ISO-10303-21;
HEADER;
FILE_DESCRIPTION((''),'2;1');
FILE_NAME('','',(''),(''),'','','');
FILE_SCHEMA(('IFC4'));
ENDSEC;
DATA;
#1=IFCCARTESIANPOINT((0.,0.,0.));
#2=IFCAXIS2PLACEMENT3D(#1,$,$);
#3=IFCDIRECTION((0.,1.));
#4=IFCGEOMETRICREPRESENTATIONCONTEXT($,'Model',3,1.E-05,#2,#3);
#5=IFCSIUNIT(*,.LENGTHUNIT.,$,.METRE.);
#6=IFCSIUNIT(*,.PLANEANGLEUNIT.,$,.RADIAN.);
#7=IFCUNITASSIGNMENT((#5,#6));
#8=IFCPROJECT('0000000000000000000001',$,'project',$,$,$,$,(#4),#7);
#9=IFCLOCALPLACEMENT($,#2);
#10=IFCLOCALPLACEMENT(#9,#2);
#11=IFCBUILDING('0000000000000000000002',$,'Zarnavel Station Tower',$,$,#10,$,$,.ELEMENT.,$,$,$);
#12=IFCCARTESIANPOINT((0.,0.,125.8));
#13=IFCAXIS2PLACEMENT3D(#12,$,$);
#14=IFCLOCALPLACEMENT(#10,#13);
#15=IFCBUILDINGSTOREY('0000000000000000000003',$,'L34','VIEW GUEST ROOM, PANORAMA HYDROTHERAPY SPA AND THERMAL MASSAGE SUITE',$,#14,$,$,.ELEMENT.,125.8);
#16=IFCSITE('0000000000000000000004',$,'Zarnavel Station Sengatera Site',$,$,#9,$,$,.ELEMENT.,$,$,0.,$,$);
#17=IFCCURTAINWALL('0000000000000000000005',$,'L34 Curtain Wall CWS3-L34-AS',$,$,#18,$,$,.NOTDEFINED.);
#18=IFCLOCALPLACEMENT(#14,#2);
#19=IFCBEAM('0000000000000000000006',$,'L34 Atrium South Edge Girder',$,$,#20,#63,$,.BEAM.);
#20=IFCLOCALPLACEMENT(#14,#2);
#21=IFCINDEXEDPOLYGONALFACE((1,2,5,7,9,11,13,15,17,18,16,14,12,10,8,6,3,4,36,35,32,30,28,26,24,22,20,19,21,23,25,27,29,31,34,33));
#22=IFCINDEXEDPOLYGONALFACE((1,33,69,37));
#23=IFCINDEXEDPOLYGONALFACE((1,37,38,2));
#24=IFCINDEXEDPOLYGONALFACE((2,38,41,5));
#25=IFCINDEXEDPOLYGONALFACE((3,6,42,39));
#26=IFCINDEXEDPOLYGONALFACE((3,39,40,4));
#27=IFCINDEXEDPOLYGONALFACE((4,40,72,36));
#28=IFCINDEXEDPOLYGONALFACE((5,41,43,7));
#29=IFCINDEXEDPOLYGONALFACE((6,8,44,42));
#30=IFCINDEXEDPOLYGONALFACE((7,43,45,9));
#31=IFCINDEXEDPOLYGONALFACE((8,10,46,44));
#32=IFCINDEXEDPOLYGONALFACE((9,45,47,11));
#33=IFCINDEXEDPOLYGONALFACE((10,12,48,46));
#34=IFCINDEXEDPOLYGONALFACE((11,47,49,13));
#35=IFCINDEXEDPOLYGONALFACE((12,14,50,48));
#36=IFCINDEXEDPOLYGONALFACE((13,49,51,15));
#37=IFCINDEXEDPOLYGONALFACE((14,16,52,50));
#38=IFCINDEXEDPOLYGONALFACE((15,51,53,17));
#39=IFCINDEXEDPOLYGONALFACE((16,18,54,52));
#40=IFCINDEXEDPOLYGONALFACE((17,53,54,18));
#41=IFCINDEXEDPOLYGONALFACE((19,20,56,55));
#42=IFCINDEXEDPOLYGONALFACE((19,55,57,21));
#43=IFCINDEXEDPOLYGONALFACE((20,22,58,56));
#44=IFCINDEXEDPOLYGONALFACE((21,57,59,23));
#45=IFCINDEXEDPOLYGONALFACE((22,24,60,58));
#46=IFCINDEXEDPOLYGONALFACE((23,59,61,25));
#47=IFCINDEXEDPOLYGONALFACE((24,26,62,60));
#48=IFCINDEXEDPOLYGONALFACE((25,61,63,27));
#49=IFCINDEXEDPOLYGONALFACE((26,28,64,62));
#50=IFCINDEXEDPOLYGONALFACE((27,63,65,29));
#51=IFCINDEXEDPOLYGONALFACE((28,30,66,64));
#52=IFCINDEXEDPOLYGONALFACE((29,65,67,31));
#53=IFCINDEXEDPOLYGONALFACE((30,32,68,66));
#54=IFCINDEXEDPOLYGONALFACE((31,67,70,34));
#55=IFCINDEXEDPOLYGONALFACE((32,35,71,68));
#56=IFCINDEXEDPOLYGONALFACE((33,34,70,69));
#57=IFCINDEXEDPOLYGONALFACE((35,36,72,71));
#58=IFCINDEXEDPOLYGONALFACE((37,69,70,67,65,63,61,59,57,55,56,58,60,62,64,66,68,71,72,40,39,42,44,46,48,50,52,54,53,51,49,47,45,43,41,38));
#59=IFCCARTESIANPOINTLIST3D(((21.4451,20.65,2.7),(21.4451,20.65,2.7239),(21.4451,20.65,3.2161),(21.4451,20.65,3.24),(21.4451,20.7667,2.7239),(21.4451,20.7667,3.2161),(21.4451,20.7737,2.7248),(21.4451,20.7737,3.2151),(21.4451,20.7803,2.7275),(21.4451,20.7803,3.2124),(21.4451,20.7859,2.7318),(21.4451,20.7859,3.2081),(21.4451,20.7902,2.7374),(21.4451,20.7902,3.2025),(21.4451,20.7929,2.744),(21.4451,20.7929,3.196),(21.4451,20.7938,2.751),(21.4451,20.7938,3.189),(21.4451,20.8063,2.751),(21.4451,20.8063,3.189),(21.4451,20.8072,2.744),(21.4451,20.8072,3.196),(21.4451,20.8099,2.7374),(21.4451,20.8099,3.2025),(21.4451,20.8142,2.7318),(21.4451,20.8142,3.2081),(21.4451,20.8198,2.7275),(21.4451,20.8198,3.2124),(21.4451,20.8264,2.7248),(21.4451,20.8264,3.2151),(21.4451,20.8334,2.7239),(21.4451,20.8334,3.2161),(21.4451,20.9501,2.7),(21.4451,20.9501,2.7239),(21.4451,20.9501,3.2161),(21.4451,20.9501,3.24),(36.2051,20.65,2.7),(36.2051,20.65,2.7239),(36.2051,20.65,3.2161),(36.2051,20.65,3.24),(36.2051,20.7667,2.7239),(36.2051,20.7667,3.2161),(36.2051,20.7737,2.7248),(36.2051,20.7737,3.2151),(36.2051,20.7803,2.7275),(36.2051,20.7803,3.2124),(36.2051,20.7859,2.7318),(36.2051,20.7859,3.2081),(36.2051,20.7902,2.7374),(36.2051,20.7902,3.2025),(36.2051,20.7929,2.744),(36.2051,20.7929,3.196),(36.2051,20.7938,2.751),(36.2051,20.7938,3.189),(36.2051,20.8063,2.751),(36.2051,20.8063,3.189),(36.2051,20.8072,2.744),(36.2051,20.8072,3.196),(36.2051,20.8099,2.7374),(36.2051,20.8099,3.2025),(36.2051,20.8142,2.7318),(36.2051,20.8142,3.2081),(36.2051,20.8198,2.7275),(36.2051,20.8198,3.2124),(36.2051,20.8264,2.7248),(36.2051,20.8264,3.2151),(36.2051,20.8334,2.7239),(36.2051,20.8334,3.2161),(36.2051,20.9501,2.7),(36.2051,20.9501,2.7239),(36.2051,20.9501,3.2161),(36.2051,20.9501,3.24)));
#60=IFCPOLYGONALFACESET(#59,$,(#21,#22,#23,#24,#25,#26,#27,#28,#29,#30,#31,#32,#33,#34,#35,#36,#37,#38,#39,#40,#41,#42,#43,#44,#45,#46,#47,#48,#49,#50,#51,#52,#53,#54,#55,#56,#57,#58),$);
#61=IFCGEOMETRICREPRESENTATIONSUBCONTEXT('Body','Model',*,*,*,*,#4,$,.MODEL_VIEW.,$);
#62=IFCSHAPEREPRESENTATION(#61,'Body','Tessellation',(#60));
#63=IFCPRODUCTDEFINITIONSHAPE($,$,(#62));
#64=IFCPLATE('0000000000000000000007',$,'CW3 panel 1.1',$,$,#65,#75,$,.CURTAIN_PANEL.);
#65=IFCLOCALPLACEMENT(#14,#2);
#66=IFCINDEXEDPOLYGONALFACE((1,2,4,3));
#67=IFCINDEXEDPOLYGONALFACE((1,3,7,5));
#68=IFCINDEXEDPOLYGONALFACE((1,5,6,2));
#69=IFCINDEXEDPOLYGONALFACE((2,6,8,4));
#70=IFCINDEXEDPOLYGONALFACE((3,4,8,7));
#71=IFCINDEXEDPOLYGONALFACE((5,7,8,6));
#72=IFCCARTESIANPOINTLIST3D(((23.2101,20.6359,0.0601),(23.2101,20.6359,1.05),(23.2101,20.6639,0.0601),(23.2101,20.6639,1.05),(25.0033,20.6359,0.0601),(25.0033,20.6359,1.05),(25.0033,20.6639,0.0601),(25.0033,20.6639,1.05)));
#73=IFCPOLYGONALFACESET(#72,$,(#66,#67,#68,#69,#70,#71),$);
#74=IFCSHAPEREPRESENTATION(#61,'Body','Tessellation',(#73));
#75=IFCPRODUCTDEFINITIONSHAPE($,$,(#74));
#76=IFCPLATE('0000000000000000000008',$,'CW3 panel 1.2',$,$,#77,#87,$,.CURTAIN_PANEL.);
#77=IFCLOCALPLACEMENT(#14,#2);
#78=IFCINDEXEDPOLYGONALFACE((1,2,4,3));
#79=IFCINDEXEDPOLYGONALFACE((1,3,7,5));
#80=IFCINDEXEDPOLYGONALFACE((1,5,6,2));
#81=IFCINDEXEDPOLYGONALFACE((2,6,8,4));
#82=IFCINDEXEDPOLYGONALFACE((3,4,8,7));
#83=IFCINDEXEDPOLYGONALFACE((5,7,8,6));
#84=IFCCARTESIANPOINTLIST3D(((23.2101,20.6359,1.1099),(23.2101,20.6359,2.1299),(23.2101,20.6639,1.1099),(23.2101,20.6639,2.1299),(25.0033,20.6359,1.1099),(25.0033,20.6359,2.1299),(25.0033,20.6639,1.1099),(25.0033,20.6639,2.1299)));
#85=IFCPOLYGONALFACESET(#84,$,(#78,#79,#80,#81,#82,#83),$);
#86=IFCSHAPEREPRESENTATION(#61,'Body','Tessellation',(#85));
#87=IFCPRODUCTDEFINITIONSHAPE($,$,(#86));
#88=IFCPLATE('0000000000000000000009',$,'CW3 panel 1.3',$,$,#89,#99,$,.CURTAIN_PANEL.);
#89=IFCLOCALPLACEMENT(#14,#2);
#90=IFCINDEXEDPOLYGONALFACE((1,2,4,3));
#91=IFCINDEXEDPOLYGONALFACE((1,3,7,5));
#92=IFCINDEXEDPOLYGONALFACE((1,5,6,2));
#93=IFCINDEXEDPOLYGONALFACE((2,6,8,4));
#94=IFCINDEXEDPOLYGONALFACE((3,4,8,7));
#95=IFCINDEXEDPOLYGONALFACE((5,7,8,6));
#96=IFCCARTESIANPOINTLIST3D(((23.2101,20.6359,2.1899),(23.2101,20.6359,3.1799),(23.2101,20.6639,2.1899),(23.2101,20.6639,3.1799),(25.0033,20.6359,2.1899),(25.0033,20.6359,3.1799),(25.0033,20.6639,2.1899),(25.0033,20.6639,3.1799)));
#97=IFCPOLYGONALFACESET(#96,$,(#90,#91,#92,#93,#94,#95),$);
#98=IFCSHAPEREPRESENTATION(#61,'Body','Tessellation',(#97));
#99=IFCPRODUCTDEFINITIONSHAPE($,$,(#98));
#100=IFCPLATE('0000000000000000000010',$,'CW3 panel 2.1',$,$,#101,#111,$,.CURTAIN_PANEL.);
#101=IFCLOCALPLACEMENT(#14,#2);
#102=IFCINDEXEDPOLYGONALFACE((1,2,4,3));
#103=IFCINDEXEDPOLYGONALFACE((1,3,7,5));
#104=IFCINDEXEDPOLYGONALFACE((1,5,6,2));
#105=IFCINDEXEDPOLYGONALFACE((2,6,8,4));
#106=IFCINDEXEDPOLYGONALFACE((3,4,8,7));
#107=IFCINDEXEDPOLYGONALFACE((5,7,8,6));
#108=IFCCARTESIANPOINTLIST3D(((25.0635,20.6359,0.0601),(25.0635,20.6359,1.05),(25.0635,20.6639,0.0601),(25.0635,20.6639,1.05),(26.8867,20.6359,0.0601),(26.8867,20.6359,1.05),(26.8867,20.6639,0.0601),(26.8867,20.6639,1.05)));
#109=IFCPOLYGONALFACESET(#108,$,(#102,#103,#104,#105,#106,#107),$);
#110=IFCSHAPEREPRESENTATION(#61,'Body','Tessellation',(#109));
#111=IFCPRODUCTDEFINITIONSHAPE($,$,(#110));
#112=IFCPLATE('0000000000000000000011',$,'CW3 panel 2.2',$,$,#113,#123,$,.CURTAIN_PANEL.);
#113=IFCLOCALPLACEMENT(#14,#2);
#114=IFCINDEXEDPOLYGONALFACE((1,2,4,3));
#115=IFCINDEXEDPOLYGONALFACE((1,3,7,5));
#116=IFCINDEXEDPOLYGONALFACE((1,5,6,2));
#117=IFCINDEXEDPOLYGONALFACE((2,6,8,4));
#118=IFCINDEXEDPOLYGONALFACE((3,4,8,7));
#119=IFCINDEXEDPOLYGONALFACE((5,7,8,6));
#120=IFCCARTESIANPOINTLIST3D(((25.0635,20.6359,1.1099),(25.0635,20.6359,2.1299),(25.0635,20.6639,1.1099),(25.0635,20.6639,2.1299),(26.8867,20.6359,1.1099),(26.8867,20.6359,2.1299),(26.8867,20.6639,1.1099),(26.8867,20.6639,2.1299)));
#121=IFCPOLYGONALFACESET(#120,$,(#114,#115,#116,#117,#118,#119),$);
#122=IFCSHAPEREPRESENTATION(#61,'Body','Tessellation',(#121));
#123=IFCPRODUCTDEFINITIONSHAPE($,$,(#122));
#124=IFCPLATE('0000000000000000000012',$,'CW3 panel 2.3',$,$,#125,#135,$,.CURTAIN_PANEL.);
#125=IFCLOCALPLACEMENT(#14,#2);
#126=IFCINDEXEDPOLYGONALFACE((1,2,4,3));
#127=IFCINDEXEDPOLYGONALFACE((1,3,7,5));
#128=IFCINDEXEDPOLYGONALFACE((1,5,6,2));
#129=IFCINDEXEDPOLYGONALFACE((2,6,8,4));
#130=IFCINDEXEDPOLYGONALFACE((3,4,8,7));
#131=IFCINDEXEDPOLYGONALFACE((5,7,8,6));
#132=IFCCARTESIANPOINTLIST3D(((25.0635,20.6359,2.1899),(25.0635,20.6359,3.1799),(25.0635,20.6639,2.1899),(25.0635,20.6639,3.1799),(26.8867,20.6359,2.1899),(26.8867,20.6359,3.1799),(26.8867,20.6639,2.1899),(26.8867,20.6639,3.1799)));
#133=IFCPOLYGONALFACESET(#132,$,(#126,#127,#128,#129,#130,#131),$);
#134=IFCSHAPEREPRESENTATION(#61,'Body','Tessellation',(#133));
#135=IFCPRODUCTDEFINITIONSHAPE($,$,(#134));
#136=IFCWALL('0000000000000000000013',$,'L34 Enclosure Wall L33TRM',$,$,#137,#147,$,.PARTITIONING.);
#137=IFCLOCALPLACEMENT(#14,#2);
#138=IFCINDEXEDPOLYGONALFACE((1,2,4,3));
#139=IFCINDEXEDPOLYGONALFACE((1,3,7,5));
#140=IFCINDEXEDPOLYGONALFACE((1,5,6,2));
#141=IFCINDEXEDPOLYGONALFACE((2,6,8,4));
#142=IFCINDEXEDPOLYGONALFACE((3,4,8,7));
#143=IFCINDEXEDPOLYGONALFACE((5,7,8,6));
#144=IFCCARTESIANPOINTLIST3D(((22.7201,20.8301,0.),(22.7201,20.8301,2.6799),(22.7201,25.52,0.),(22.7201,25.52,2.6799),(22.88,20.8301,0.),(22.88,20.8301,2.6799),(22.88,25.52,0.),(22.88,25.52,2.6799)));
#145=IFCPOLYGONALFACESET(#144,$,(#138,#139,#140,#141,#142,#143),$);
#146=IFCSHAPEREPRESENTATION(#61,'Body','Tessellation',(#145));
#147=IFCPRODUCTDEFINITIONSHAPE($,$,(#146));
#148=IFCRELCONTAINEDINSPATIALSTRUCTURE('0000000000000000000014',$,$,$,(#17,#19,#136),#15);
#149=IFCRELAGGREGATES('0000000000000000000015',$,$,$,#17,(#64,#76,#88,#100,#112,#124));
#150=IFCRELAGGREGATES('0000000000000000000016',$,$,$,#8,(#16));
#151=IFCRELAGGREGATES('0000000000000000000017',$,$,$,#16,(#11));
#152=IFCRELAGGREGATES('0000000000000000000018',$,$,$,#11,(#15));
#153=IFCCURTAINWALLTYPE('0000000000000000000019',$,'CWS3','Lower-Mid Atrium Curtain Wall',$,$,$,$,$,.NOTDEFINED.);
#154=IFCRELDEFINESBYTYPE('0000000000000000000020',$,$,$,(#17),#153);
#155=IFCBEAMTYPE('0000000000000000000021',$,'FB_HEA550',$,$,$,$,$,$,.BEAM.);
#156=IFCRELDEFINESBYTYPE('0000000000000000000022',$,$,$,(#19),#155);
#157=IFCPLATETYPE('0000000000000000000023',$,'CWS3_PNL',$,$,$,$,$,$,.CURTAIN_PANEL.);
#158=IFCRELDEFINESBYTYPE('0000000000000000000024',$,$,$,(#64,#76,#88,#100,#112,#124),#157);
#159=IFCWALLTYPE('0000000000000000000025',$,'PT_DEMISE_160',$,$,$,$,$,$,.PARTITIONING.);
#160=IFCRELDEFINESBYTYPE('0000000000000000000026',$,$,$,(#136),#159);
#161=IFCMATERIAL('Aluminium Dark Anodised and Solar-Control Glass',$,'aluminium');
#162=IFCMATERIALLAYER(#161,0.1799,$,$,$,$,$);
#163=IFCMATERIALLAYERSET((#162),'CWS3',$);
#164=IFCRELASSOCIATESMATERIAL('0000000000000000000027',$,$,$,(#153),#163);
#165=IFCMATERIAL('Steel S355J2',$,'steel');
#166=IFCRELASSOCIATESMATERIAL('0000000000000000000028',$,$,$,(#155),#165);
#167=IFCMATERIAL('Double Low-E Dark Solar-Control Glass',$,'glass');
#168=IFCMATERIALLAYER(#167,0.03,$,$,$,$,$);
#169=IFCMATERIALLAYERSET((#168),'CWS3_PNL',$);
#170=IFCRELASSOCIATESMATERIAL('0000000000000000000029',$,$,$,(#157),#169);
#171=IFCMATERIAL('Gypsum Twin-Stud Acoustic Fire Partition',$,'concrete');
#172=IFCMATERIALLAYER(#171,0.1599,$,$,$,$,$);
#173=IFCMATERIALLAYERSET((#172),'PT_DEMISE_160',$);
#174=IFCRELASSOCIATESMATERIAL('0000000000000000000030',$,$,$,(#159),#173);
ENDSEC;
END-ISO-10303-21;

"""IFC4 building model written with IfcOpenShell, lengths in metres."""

from ifc_helpers import new_model, si_unit, direction, frame, frame_2d, origin, origin_2d, place, context, subcontext, project, spatial, rectangle, i_section, extrude, material, layer, layer_set, material_profile, profile_set, type_object, element, aggregate, save


model = new_model("IFC4")

# Units and contexts
model_context = context("Model", 3, precision=1e-05, world=origin(), true_north=direction((0.0, 1.0)))
body_context = subcontext(model_context, "Body", "Model", "MODEL_VIEW")
ifc_project = project(units=[si_unit("LENGTHUNIT", "METRE"), si_unit("PLANEANGLEUNIT", "RADIAN")], contexts=[model_context])

# Site, building, storey
site_placement = place(None, origin())
site = spatial("IfcSite", under=ifc_project, at=site_placement, Name="Zarnavel Station Sengatera Site", CompositionType="ELEMENT", RefElevation=0.0)
building_placement = place(site_placement, origin())
building = spatial("IfcBuilding", under=site, at=building_placement, Name="Zarnavel Station Tower", CompositionType="ELEMENT")
storey_placement = place(building_placement, frame((0.0, 0.0, 125.8)))
storey = spatial("IfcBuildingStorey", under=building, at=storey_placement, Name="L34", Description="VIEW GUEST ROOM, PANORAMA HYDROTHERAPY SPA AND THERMAL MASSAGE SUITE", CompositionType="ELEMENT", Elevation=125.8)

# Curtain wall
ifc_material_1 = material(Name="Aluminium Dark Anodised and Solar-Control Glass", Category="aluminium")
ifc_layer_1 = layer(ifc_material_1, 0.1799)
ifc_layer_set_1 = layer_set([ifc_layer_1], Name="CWS3")
curtain_wall_type = type_object("IfcCurtainWallType", Name="CWS3", Description="Lower-Mid Atrium Curtain Wall", PredefinedType="NOTDEFINED", material=ifc_layer_set_1)
curtain_wall_placement = place(storey_placement, origin())
curtain_wall = element("IfcCurtainWall", 1, at=curtain_wall_placement, inside=storey, type_object=curtain_wall_type, Name="L34 Curtain Wall CWS3-L34-AS", PredefinedType="NOTDEFINED")

# Beam
ifc_material_2 = material(Name="Steel S355J2", Category="steel")
ifc_material_profile_1 = material_profile(ifc_material_2, i_section(OverallWidth=0.3, OverallDepth=0.54, WebThickness=0.0125, FlangeThickness=0.0239, FilletRadius=0.0271, at=origin_2d()), Name="HEA550")
ifc_profile_set_1 = profile_set([ifc_material_profile_1], Name="Steel S355J2")
beam_type = type_object("IfcBeamType", Name="FB_HEA550", PredefinedType="BEAM", material=ifc_profile_set_1)
beam_placement = place(storey_placement, frame((21.4451, 20.8, 2.97), z_axis=(1.0, 0.0, 0.0), x_axis=(0.0, 1.0, 0.0)))
element("IfcBeam", 2, at=beam_placement, inside=storey, type_object=beam_type, Name="L34 Atrium South Edge Girder", PredefinedType="BEAM", context=body_context, shape_type="SweptSolid", body=[
    extrude(i_section(OverallWidth=0.3, OverallDepth=0.54, WebThickness=0.0125, FlangeThickness=0.0239, FilletRadius=0.0271, at=origin_2d()), origin(), (0.0, 0.0, 1.0), 14.76),
])

# Plates
ifc_material_3 = material(Name="Double Low-E Dark Solar-Control Glass", Category="glass")
ifc_layer_2 = layer(ifc_material_3, 0.03)
ifc_layer_set_2 = layer_set([ifc_layer_2], Name="CWS3_PNL")
plate_type = type_object("IfcPlateType", Name="CWS3_PNL", PredefinedType="CURTAIN_PANEL", material=ifc_layer_set_2)
plate_1_placement = place(storey_placement, frame((24.1067, 20.6499, 0.0601), z_axis=(0.0, 0.0, 1.0), x_axis=(1.0, 0.0, 0.0)))
plate_1 = element("IfcPlate", 3, at=plate_1_placement, type_object=plate_type, Name="CW3 panel 1.1", PredefinedType="CURTAIN_PANEL", context=body_context, shape_type="SweptSolid", body=[
    extrude(rectangle(XDim=1.7932, YDim=0.0281, at=origin_2d()), origin(), (0.0, 0.0, 1.0), 0.99),
])
plate_2_placement = place(storey_placement, frame((24.1067, 20.6499, 1.1099), z_axis=(0.0, 0.0, 1.0), x_axis=(1.0, 0.0, 0.0)))
plate_2 = element("IfcPlate", 4, at=plate_2_placement, type_object=plate_type, Name="CW3 panel 1.2", PredefinedType="CURTAIN_PANEL", context=body_context, shape_type="SweptSolid", body=[
    extrude(rectangle(XDim=1.7932, YDim=0.0281, at=origin_2d()), origin(), (0.0, 0.0, 1.0), 1.02),
])
plate_3_placement = place(storey_placement, frame((24.1067, 20.6499, 2.1899), z_axis=(0.0, 0.0, 1.0), x_axis=(1.0, 0.0, 0.0)))
plate_3 = element("IfcPlate", 5, at=plate_3_placement, type_object=plate_type, Name="CW3 panel 1.3", PredefinedType="CURTAIN_PANEL", context=body_context, shape_type="SweptSolid", body=[
    extrude(rectangle(XDim=1.7932, YDim=0.0281, at=origin_2d()), origin(), (0.0, 0.0, 1.0), 0.99),
])
plate_4_placement = place(storey_placement, frame((25.9751, 20.6499, 0.0601), z_axis=(0.0, 0.0, 1.0), x_axis=(1.0, 0.0, 0.0)))
plate_4 = element("IfcPlate", 6, at=plate_4_placement, type_object=plate_type, Name="CW3 panel 2.1", PredefinedType="CURTAIN_PANEL", context=body_context, shape_type="SweptSolid", body=[
    extrude(rectangle(XDim=1.8232, YDim=0.0281, at=origin_2d()), origin(), (0.0, 0.0, 1.0), 0.99),
])
plate_5_placement = place(storey_placement, frame((25.9751, 20.6499, 1.1099), z_axis=(0.0, 0.0, 1.0), x_axis=(1.0, 0.0, 0.0)))
plate_5 = element("IfcPlate", 7, at=plate_5_placement, type_object=plate_type, Name="CW3 panel 2.2", PredefinedType="CURTAIN_PANEL", context=body_context, shape_type="SweptSolid", body=[
    extrude(rectangle(XDim=1.8232, YDim=0.0281, at=origin_2d()), origin(), (0.0, 0.0, 1.0), 1.02),
])
plate_6_placement = place(storey_placement, frame((25.9751, 20.6499, 2.1899), z_axis=(0.0, 0.0, 1.0), x_axis=(1.0, 0.0, 0.0)))
plate_6 = element("IfcPlate", 8, at=plate_6_placement, type_object=plate_type, Name="CW3 panel 2.3", PredefinedType="CURTAIN_PANEL", context=body_context, shape_type="SweptSolid", body=[
    extrude(rectangle(XDim=1.8232, YDim=0.0281, at=origin_2d()), origin(), (0.0, 0.0, 1.0), 0.99),
])
aggregate(curtain_wall, [plate_1, plate_2, plate_3, plate_4, plate_5, plate_6])

# Wall
ifc_material_4 = material(Name="Gypsum Twin-Stud Acoustic Fire Partition", Category="concrete")
ifc_layer_3 = layer(ifc_material_4, 0.1599)
ifc_layer_set_3 = layer_set([ifc_layer_3], Name="PT_DEMISE_160")
wall_type = type_object("IfcWallType", Name="PT_DEMISE_160", PredefinedType="PARTITIONING", material=ifc_layer_set_3)
wall_placement = place(storey_placement, frame((22.8, 20.8301, 0.0), z_axis=(0.0, 0.0, 1.0), x_axis=(0.0, 1.0, 0.0)))
element("IfcWall", 9, at=wall_placement, inside=storey, type_object=wall_type, Name="L34 Enclosure Wall L33TRM", PredefinedType="PARTITIONING", context=body_context, shape_type="SweptSolid", body=[
    extrude(rectangle(XDim=4.6899, YDim=0.1599, at=frame_2d((2.345, 0.0))), origin(), (0.0, 0.0, 1.0), 2.6799),
])

save(model, "model.ifc")
